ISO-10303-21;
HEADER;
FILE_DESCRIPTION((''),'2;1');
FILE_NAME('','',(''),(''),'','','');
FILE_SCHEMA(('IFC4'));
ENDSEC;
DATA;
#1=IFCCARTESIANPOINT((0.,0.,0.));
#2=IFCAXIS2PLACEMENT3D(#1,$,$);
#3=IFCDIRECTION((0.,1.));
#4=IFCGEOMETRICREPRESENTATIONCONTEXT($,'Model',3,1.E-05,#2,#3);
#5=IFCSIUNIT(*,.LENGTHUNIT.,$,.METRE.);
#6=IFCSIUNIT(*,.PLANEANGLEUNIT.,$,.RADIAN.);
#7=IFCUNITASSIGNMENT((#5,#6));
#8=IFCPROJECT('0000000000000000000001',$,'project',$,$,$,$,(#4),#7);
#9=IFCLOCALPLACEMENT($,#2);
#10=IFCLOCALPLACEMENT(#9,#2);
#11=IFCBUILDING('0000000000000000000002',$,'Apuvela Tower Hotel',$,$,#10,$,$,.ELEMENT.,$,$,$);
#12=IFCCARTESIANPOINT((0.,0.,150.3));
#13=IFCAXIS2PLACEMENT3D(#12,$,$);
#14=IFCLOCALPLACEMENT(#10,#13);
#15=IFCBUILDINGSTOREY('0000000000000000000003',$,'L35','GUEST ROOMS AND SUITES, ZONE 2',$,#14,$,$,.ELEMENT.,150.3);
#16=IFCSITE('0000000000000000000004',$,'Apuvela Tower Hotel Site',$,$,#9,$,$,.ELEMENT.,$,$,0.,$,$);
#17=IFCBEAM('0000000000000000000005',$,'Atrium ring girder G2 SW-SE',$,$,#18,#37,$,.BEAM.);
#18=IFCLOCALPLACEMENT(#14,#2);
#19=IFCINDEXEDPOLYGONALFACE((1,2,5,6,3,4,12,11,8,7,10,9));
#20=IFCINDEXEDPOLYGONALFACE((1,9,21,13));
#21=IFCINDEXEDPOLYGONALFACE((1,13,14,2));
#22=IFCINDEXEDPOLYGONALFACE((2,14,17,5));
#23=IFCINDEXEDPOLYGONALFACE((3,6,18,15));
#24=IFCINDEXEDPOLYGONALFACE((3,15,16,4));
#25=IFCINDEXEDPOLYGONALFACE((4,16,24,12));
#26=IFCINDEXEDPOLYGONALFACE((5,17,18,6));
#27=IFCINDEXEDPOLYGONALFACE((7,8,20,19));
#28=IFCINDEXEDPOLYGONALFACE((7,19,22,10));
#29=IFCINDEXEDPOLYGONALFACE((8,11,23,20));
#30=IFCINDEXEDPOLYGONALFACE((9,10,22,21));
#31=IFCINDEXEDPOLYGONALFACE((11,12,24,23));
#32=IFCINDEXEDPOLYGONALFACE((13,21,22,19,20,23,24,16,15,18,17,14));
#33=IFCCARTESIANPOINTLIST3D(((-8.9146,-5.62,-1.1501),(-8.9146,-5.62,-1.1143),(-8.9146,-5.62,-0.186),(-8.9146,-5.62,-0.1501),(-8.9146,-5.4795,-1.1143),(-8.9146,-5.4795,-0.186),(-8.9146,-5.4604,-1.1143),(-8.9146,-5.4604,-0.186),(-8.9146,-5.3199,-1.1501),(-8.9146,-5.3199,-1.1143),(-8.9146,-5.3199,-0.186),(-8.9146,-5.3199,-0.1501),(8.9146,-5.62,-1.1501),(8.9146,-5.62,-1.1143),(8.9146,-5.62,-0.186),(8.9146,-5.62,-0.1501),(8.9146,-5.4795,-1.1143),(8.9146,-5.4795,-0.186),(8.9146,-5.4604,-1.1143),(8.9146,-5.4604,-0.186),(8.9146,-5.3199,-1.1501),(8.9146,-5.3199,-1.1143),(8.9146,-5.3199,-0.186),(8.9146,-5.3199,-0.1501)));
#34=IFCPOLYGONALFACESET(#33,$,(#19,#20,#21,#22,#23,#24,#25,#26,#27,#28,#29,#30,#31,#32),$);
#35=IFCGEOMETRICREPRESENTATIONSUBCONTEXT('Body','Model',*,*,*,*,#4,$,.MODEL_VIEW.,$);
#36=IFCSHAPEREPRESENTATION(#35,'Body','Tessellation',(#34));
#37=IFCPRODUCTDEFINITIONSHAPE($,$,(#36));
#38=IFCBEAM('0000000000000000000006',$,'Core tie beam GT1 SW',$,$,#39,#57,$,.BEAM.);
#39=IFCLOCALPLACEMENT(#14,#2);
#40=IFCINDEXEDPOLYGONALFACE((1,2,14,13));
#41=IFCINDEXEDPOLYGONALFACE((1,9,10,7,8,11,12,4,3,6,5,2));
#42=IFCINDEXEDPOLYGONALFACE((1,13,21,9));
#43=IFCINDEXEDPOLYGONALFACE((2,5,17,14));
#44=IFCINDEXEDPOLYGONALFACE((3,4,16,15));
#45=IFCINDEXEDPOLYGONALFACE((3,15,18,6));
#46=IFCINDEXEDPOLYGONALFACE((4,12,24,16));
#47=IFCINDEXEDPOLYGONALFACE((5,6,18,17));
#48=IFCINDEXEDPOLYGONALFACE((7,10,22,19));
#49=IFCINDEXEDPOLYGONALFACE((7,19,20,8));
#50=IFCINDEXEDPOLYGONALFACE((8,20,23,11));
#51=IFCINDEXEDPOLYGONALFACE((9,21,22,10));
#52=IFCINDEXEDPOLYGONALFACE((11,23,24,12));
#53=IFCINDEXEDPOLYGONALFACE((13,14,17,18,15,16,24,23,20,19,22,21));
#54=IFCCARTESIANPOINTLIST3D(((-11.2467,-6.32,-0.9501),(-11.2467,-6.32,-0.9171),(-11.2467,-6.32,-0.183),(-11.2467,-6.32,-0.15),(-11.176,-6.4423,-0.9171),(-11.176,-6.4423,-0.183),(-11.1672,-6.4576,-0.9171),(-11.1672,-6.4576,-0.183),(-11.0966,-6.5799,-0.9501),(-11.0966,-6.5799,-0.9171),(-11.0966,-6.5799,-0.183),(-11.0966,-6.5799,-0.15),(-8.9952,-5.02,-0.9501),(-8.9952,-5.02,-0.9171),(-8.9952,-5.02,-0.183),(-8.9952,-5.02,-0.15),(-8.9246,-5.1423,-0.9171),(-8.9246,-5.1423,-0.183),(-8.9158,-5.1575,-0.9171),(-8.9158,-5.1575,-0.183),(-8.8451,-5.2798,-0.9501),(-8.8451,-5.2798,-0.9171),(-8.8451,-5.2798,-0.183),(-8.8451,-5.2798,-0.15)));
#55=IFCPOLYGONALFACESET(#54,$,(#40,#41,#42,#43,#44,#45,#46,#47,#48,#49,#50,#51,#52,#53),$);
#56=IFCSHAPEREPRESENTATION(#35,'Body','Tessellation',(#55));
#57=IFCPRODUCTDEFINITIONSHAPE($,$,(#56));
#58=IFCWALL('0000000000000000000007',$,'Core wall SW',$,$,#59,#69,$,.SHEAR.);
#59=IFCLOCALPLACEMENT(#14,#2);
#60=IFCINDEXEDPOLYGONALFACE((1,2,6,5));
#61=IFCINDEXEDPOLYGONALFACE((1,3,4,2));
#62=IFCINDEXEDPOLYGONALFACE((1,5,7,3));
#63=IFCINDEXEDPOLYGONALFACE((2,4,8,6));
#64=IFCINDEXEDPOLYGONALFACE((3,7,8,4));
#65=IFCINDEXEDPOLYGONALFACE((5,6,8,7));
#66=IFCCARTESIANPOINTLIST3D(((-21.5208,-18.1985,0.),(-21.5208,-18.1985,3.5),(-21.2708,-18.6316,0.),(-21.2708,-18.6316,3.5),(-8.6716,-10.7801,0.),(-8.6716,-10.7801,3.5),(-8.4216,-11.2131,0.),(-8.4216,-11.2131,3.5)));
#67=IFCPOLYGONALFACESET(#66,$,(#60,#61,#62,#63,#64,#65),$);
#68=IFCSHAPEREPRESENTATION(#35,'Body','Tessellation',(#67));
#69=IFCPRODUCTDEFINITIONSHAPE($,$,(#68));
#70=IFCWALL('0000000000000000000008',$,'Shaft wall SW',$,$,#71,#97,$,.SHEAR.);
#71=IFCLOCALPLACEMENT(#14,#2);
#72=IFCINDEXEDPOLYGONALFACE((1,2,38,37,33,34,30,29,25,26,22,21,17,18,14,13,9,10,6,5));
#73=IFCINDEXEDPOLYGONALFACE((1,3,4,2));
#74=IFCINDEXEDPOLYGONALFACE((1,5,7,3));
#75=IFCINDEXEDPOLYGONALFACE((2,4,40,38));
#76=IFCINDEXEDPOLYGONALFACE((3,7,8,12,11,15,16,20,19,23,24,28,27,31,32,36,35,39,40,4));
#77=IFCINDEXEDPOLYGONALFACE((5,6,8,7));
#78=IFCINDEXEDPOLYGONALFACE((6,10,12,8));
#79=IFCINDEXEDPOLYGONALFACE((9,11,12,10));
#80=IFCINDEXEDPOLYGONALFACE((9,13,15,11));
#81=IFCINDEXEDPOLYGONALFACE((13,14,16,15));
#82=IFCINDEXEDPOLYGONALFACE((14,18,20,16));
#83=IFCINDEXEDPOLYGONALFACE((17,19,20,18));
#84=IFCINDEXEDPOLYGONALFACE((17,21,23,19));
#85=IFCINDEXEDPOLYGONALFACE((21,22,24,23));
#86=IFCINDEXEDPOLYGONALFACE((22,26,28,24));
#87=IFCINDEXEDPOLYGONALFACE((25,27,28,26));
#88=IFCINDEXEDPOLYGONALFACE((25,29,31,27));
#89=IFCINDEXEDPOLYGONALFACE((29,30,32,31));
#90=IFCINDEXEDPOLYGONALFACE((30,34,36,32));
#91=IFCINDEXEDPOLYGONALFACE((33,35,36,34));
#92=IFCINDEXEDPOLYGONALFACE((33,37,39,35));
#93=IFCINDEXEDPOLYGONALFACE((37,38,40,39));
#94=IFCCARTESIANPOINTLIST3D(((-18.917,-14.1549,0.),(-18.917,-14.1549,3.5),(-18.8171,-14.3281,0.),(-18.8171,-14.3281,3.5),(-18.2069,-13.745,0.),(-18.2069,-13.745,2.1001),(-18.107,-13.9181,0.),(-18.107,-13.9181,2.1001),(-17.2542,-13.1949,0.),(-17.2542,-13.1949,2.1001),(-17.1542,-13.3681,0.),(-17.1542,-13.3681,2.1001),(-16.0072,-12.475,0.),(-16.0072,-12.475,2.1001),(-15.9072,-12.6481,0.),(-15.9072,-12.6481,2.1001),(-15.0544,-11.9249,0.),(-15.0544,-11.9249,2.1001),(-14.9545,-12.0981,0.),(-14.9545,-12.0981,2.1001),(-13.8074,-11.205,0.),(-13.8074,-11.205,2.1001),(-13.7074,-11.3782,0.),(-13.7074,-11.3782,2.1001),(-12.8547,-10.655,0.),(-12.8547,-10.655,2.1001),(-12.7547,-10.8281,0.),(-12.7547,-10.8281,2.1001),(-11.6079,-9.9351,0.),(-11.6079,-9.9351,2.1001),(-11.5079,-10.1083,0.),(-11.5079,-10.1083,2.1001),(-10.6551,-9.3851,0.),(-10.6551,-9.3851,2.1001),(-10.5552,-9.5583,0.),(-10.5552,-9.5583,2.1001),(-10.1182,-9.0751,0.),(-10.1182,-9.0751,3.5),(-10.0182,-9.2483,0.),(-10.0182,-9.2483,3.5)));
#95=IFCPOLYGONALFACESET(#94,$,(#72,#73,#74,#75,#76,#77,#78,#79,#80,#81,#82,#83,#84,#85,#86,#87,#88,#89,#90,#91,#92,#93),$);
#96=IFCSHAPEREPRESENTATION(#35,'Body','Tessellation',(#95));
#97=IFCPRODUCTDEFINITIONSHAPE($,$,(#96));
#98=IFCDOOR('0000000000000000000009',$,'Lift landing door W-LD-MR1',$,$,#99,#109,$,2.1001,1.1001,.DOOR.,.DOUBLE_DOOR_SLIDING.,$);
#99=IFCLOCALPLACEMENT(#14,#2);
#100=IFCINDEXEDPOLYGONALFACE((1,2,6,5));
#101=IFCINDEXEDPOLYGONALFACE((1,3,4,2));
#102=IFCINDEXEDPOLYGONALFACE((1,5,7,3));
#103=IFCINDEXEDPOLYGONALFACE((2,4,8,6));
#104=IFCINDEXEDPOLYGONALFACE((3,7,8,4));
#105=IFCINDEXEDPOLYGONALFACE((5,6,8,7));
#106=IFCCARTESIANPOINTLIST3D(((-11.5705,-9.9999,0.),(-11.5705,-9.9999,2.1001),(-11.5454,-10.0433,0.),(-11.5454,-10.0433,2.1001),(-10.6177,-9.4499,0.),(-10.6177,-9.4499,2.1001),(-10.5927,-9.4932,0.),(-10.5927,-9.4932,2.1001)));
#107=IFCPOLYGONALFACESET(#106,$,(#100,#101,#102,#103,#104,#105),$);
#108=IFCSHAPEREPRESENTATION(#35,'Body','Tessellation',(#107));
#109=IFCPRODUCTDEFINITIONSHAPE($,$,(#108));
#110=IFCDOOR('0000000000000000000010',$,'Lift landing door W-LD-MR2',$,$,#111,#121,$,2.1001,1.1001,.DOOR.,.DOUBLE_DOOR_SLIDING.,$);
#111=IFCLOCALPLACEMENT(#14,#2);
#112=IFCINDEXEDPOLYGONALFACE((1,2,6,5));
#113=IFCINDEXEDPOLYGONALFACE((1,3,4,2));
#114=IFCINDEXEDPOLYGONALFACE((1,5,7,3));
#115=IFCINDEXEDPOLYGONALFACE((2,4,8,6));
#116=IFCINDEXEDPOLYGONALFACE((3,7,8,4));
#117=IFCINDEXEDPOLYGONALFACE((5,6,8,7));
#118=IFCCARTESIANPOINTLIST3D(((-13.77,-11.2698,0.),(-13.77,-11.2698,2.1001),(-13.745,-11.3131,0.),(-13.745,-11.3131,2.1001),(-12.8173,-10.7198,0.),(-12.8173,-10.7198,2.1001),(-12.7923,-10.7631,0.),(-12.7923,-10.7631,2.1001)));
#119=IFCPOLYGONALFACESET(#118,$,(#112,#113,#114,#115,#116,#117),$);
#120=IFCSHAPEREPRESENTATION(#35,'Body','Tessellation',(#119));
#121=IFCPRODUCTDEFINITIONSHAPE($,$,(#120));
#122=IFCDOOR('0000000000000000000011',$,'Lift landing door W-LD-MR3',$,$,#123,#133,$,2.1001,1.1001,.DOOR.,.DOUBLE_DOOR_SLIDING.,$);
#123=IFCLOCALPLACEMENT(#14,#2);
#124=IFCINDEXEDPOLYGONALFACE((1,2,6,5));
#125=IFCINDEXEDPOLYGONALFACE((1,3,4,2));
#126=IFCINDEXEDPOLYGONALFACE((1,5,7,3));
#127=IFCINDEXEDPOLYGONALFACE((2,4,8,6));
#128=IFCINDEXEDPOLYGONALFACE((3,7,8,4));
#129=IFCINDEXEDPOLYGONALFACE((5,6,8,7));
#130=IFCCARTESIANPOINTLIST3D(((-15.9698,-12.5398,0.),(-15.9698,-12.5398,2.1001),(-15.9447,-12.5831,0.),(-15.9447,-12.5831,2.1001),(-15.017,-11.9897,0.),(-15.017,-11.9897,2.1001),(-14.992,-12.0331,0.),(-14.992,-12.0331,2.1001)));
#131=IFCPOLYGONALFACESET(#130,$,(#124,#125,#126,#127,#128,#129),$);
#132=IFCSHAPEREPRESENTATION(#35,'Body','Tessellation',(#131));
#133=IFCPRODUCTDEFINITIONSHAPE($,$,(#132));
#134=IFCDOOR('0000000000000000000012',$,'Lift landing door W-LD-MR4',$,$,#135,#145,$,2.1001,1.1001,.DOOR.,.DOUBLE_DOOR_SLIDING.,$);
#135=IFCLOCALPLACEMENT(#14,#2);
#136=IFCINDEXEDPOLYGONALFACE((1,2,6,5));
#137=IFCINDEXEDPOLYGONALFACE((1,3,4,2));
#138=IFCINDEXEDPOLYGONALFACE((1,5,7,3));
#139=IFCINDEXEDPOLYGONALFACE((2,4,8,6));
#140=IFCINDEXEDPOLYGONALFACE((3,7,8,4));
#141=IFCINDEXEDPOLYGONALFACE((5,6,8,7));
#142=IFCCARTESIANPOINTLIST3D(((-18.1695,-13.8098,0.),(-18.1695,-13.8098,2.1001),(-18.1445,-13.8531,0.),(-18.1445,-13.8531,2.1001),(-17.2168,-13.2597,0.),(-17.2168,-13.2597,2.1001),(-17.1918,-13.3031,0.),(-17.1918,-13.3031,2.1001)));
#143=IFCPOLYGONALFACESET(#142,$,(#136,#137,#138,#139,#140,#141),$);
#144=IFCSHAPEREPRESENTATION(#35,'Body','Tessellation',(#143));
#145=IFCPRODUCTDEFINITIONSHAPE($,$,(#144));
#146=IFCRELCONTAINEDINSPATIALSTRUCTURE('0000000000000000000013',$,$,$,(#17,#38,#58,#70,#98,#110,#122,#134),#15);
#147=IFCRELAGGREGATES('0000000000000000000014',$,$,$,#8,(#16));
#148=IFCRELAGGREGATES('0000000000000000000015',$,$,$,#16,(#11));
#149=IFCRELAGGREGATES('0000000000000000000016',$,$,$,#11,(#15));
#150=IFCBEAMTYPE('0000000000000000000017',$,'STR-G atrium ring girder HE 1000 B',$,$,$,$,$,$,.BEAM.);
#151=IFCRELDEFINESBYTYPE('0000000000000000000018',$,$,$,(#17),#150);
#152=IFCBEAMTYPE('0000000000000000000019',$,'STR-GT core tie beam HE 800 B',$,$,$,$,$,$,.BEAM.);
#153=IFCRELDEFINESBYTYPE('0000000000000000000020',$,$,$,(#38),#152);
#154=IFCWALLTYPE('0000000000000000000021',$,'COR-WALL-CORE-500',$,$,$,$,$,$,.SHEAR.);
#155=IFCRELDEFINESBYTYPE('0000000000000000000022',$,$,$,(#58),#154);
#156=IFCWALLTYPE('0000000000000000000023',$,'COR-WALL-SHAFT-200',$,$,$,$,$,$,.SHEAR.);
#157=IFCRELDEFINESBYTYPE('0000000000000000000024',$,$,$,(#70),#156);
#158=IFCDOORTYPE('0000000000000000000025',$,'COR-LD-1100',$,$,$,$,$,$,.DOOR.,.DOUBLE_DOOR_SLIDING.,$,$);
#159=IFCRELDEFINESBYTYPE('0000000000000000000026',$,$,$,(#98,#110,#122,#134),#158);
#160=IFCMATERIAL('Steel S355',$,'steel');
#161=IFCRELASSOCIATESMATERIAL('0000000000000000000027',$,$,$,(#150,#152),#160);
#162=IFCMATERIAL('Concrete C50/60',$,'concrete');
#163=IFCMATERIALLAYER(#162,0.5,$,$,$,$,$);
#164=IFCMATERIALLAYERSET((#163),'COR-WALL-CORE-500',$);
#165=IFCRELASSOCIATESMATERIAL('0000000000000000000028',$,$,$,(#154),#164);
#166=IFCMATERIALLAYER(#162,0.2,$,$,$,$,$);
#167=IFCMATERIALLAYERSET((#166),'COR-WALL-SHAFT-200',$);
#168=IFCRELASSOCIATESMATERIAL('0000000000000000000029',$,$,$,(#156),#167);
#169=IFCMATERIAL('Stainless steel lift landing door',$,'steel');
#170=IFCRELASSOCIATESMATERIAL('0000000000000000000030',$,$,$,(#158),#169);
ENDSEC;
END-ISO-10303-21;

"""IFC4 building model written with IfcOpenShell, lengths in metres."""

from ifc_helpers import new_model, si_unit, direction, frame, frame_2d, origin, origin_2d, place, context, subcontext, project, spatial, rectangle, i_section, extrude, material, layer, layer_set, material_profile, profile_set, type_object, element, fill, save


model = new_model("IFC4")

# Units and contexts
model_context = context("Model", 3, precision=1e-05, world=origin(), true_north=direction((0.0, 1.0)))
body_context = subcontext(model_context, "Body", "Model", "MODEL_VIEW")
ifc_project = project(units=[si_unit("LENGTHUNIT", "METRE"), si_unit("PLANEANGLEUNIT", "RADIAN")], contexts=[model_context])

# Site, building, storey
site_placement = place(None, origin())
site = spatial("IfcSite", under=ifc_project, at=site_placement, Name="Apuvela Tower Hotel Site", CompositionType="ELEMENT", RefElevation=0.0)
building_placement = place(site_placement, origin())
building = spatial("IfcBuilding", under=site, at=building_placement, Name="Apuvela Tower Hotel", CompositionType="ELEMENT")
storey_placement = place(building_placement, frame((0.0, 0.0, 150.3)))
storey = spatial("IfcBuildingStorey", under=building, at=storey_placement, Name="L35", Description="GUEST ROOMS AND SUITES, ZONE 2", CompositionType="ELEMENT", Elevation=150.3)

# Beams
ifc_material_1 = material(Name="Steel S355", Category="steel")
ifc_material_profile_1 = material_profile(ifc_material_1, i_section(OverallWidth=0.3, OverallDepth=1.0, WebThickness=0.019, FlangeThickness=0.0359, at=origin_2d()), Name="HE 1000 B")
ifc_profile_set_1 = profile_set([ifc_material_profile_1], Name="Steel S355")
beam_type_1 = type_object("IfcBeamType", Name="STR-G atrium ring girder HE 1000 B", PredefinedType="BEAM", material=ifc_profile_set_1)
beam_1_placement = place(storey_placement, frame((-8.9146, -5.47, -0.6501), z_axis=(1.0, 0.0, 0.0), x_axis=(0.0, 1.0, 0.0)))
element("IfcBeam", 1, at=beam_1_placement, inside=storey, type_object=beam_type_1, Name="Atrium ring girder G2 SW-SE", PredefinedType="BEAM", context=body_context, shape_type="SweptSolid", body=[
    extrude(i_section(OverallWidth=0.3, OverallDepth=1.0, WebThickness=0.019, FlangeThickness=0.0359, at=origin_2d()), origin(), (0.0, 0.0, 1.0), 17.8291),
])
ifc_material_profile_2 = material_profile(ifc_material_1, i_section(OverallWidth=0.3, OverallDepth=0.8, WebThickness=0.0176, FlangeThickness=0.033, at=origin_2d()), Name="HE 800 B")
ifc_profile_set_2 = profile_set([ifc_material_profile_2], Name="Steel S355")
beam_type_2 = type_object("IfcBeamType", Name="STR-GT core tie beam HE 800 B", PredefinedType="BEAM", material=ifc_profile_set_2)
beam_2_placement = place(storey_placement, frame((-11.1716, -6.45, -0.55), z_axis=(0.865998, 0.500048, 0.0), x_axis=(-0.500048, 0.865998, 0.0)))
element("IfcBeam", 2, at=beam_2_placement, inside=storey, type_object=beam_type_2, Name="Core tie beam GT1 SW", PredefinedType="BEAM", context=body_context, shape_type="SweptSolid", body=[
    extrude(i_section(OverallWidth=0.3, OverallDepth=0.8, WebThickness=0.0176, FlangeThickness=0.033, at=origin_2d()), origin(), (0.0, 0.0, 1.0), 2.5999),
])

# Wall
ifc_material_2 = material(Name="Concrete C50/60", Category="concrete")
ifc_layer_1 = layer(ifc_material_2, 0.5)
ifc_layer_set_1 = layer_set([ifc_layer_1], Name="COR-WALL-CORE-500")
wall_type_1 = type_object("IfcWallType", Name="COR-WALL-CORE-500", PredefinedType="SHEAR", material=ifc_layer_set_1)
wall_1_placement = place(storey_placement, frame((-8.5466, -10.9966, 0.0), z_axis=(0.0, 0.0, 1.0), x_axis=(-0.866025, -0.500001, 0.0)))
element("IfcWall", 3, at=wall_1_placement, inside=storey, type_object=wall_type_1, Name="Core wall SW", PredefinedType="SHEAR", context=body_context, shape_type="SweptSolid", body=[
    extrude(rectangle(XDim=14.8369, YDim=0.5, at=frame_2d((7.4185, 0.0))), origin(), (0.0, 0.0, 1.0), 3.5),
])

# Wall, openings, doors
ifc_layer_2 = layer(ifc_material_2, 0.2)
ifc_layer_set_2 = layer_set([ifc_layer_2], Name="COR-WALL-SHAFT-200")
wall_type_2 = type_object("IfcWallType", Name="COR-WALL-SHAFT-200", PredefinedType="SHEAR", material=ifc_layer_set_2)
wall_2_placement = place(storey_placement, frame((-10.0681, -9.1616, 0.0), z_axis=(0.0, 0.0, 1.0), x_axis=(-0.866033, -0.499987, 0.0)))
wall_2 = element("IfcWall", 4, at=wall_2_placement, inside=storey, type_object=wall_type_2, Name="Shaft wall SW", PredefinedType="SHEAR", context=body_context, shape_type="SweptSolid", body=[
    extrude(rectangle(XDim=10.1599, YDim=0.2, at=frame_2d((5.0801, 0.0))), origin(), (0.0, 0.0, 1.0), 3.5),
])
opening_1_placement = place(wall_2_placement, frame((0.6201, 0.0, 0.0)))
opening_1 = element("IfcOpeningElement", 5, at=opening_1_placement, cuts=wall_2, PredefinedType="OPENING", context=body_context, shape_type="SweptSolid", body=[
    extrude(rectangle(XDim=1.1001, YDim=2.1001, at=frame_2d((0.55, 1.05))), frame((0.0, 0.1099, 0.0), z_axis=(0.0, -1.0, 0.0), x_axis=(1.0, 0.0, 0.0)), (0.0, 0.0, 1.0), 0.22),
])
opening_2_placement = place(wall_2_placement, frame((3.1599, 0.0, 0.0)))
opening_2 = element("IfcOpeningElement", 6, at=opening_2_placement, cuts=wall_2, PredefinedType="OPENING", context=body_context, shape_type="SweptSolid", body=[
    extrude(rectangle(XDim=1.1001, YDim=2.1001, at=frame_2d((0.55, 1.05))), frame((0.0, 0.1099, 0.0), z_axis=(0.0, -1.0, 0.0), x_axis=(1.0, 0.0, 0.0)), (0.0, 0.0, 1.0), 0.22),
])
opening_3_placement = place(wall_2_placement, frame((5.7, 0.0, 0.0)))
opening_3 = element("IfcOpeningElement", 7, at=opening_3_placement, cuts=wall_2, PredefinedType="OPENING", context=body_context, shape_type="SweptSolid", body=[
    extrude(rectangle(XDim=1.1001, YDim=2.1001, at=frame_2d((0.55, 1.05))), frame((0.0, 0.1099, 0.0), z_axis=(0.0, -1.0, 0.0), x_axis=(1.0, 0.0, 0.0)), (0.0, 0.0, 1.0), 0.22),
])
opening_4_placement = place(wall_2_placement, frame((8.24, 0.0, 0.0)))
opening_4 = element("IfcOpeningElement", 8, at=opening_4_placement, cuts=wall_2, PredefinedType="OPENING", context=body_context, shape_type="SweptSolid", body=[
    extrude(rectangle(XDim=1.1001, YDim=2.1001, at=frame_2d((0.55, 1.05))), frame((0.0, 0.1099, 0.0), z_axis=(0.0, -1.0, 0.0), x_axis=(1.0, 0.0, 0.0)), (0.0, 0.0, 1.0), 0.22),
])
ifc_material_3 = material(Name="Stainless steel lift landing door", Category="steel")
door_type_1 = type_object("IfcDoorType", Name="COR-LD-1100", OperationType="DOUBLE_DOOR_SLIDING", PredefinedType="DOOR", material=ifc_material_3)
door_1_placement = place(opening_1_placement, origin())
door_1 = element("IfcDoor", 9, at=door_1_placement, inside=storey, type_object=door_type_1, Name="Lift landing door W-LD-MR1", OperationType="DOUBLE_DOOR_SLIDING", OverallHeight=2.1001, OverallWidth=1.1001, PredefinedType="DOOR", context=body_context, shape_type="SweptSolid", body=[
    extrude(rectangle(XDim=1.1001, YDim=2.1001, at=frame_2d((0.55, 1.05))), frame((0.0, 0.0249, 0.0), z_axis=(0.0, -1.0, 0.0), x_axis=(1.0, 0.0, 0.0)), (0.0, 0.0, 1.0), 0.05),
])
fill(opening_1, door_1)
door_2_placement = place(opening_2_placement, origin())
door_2 = element("IfcDoor", 10, at=door_2_placement, inside=storey, type_object=door_type_1, Name="Lift landing door W-LD-MR2", OperationType="DOUBLE_DOOR_SLIDING", OverallHeight=2.1001, OverallWidth=1.1001, PredefinedType="DOOR", context=body_context, shape_type="SweptSolid", body=[
    extrude(rectangle(XDim=1.1001, YDim=2.1001, at=frame_2d((0.55, 1.05))), frame((0.0, 0.0249, 0.0), z_axis=(0.0, -1.0, 0.0), x_axis=(1.0, 0.0, 0.0)), (0.0, 0.0, 1.0), 0.05),
])
fill(opening_2, door_2)
door_3_placement = place(opening_3_placement, origin())
door_3 = element("IfcDoor", 11, at=door_3_placement, inside=storey, type_object=door_type_1, Name="Lift landing door W-LD-MR3", OperationType="DOUBLE_DOOR_SLIDING", OverallHeight=2.1001, OverallWidth=1.1001, PredefinedType="DOOR", context=body_context, shape_type="SweptSolid", body=[
    extrude(rectangle(XDim=1.1001, YDim=2.1001, at=frame_2d((0.55, 1.05))), frame((0.0, 0.0249, 0.0), z_axis=(0.0, -1.0, 0.0), x_axis=(1.0, 0.0, 0.0)), (0.0, 0.0, 1.0), 0.05),
])
fill(opening_3, door_3)
door_4_placement = place(opening_4_placement, origin())
door_4 = element("IfcDoor", 12, at=door_4_placement, inside=storey, type_object=door_type_1, Name="Lift landing door W-LD-MR4", OperationType="DOUBLE_DOOR_SLIDING", OverallHeight=2.1001, OverallWidth=1.1001, PredefinedType="DOOR", context=body_context, shape_type="SweptSolid", body=[
    extrude(rectangle(XDim=1.1001, YDim=2.1001, at=frame_2d((0.55, 1.05))), frame((0.0, 0.0249, 0.0), z_axis=(0.0, -1.0, 0.0), x_axis=(1.0, 0.0, 0.0)), (0.0, 0.0, 1.0), 0.05),
])
fill(opening_4, door_4)

save(model, "model.ifc")
